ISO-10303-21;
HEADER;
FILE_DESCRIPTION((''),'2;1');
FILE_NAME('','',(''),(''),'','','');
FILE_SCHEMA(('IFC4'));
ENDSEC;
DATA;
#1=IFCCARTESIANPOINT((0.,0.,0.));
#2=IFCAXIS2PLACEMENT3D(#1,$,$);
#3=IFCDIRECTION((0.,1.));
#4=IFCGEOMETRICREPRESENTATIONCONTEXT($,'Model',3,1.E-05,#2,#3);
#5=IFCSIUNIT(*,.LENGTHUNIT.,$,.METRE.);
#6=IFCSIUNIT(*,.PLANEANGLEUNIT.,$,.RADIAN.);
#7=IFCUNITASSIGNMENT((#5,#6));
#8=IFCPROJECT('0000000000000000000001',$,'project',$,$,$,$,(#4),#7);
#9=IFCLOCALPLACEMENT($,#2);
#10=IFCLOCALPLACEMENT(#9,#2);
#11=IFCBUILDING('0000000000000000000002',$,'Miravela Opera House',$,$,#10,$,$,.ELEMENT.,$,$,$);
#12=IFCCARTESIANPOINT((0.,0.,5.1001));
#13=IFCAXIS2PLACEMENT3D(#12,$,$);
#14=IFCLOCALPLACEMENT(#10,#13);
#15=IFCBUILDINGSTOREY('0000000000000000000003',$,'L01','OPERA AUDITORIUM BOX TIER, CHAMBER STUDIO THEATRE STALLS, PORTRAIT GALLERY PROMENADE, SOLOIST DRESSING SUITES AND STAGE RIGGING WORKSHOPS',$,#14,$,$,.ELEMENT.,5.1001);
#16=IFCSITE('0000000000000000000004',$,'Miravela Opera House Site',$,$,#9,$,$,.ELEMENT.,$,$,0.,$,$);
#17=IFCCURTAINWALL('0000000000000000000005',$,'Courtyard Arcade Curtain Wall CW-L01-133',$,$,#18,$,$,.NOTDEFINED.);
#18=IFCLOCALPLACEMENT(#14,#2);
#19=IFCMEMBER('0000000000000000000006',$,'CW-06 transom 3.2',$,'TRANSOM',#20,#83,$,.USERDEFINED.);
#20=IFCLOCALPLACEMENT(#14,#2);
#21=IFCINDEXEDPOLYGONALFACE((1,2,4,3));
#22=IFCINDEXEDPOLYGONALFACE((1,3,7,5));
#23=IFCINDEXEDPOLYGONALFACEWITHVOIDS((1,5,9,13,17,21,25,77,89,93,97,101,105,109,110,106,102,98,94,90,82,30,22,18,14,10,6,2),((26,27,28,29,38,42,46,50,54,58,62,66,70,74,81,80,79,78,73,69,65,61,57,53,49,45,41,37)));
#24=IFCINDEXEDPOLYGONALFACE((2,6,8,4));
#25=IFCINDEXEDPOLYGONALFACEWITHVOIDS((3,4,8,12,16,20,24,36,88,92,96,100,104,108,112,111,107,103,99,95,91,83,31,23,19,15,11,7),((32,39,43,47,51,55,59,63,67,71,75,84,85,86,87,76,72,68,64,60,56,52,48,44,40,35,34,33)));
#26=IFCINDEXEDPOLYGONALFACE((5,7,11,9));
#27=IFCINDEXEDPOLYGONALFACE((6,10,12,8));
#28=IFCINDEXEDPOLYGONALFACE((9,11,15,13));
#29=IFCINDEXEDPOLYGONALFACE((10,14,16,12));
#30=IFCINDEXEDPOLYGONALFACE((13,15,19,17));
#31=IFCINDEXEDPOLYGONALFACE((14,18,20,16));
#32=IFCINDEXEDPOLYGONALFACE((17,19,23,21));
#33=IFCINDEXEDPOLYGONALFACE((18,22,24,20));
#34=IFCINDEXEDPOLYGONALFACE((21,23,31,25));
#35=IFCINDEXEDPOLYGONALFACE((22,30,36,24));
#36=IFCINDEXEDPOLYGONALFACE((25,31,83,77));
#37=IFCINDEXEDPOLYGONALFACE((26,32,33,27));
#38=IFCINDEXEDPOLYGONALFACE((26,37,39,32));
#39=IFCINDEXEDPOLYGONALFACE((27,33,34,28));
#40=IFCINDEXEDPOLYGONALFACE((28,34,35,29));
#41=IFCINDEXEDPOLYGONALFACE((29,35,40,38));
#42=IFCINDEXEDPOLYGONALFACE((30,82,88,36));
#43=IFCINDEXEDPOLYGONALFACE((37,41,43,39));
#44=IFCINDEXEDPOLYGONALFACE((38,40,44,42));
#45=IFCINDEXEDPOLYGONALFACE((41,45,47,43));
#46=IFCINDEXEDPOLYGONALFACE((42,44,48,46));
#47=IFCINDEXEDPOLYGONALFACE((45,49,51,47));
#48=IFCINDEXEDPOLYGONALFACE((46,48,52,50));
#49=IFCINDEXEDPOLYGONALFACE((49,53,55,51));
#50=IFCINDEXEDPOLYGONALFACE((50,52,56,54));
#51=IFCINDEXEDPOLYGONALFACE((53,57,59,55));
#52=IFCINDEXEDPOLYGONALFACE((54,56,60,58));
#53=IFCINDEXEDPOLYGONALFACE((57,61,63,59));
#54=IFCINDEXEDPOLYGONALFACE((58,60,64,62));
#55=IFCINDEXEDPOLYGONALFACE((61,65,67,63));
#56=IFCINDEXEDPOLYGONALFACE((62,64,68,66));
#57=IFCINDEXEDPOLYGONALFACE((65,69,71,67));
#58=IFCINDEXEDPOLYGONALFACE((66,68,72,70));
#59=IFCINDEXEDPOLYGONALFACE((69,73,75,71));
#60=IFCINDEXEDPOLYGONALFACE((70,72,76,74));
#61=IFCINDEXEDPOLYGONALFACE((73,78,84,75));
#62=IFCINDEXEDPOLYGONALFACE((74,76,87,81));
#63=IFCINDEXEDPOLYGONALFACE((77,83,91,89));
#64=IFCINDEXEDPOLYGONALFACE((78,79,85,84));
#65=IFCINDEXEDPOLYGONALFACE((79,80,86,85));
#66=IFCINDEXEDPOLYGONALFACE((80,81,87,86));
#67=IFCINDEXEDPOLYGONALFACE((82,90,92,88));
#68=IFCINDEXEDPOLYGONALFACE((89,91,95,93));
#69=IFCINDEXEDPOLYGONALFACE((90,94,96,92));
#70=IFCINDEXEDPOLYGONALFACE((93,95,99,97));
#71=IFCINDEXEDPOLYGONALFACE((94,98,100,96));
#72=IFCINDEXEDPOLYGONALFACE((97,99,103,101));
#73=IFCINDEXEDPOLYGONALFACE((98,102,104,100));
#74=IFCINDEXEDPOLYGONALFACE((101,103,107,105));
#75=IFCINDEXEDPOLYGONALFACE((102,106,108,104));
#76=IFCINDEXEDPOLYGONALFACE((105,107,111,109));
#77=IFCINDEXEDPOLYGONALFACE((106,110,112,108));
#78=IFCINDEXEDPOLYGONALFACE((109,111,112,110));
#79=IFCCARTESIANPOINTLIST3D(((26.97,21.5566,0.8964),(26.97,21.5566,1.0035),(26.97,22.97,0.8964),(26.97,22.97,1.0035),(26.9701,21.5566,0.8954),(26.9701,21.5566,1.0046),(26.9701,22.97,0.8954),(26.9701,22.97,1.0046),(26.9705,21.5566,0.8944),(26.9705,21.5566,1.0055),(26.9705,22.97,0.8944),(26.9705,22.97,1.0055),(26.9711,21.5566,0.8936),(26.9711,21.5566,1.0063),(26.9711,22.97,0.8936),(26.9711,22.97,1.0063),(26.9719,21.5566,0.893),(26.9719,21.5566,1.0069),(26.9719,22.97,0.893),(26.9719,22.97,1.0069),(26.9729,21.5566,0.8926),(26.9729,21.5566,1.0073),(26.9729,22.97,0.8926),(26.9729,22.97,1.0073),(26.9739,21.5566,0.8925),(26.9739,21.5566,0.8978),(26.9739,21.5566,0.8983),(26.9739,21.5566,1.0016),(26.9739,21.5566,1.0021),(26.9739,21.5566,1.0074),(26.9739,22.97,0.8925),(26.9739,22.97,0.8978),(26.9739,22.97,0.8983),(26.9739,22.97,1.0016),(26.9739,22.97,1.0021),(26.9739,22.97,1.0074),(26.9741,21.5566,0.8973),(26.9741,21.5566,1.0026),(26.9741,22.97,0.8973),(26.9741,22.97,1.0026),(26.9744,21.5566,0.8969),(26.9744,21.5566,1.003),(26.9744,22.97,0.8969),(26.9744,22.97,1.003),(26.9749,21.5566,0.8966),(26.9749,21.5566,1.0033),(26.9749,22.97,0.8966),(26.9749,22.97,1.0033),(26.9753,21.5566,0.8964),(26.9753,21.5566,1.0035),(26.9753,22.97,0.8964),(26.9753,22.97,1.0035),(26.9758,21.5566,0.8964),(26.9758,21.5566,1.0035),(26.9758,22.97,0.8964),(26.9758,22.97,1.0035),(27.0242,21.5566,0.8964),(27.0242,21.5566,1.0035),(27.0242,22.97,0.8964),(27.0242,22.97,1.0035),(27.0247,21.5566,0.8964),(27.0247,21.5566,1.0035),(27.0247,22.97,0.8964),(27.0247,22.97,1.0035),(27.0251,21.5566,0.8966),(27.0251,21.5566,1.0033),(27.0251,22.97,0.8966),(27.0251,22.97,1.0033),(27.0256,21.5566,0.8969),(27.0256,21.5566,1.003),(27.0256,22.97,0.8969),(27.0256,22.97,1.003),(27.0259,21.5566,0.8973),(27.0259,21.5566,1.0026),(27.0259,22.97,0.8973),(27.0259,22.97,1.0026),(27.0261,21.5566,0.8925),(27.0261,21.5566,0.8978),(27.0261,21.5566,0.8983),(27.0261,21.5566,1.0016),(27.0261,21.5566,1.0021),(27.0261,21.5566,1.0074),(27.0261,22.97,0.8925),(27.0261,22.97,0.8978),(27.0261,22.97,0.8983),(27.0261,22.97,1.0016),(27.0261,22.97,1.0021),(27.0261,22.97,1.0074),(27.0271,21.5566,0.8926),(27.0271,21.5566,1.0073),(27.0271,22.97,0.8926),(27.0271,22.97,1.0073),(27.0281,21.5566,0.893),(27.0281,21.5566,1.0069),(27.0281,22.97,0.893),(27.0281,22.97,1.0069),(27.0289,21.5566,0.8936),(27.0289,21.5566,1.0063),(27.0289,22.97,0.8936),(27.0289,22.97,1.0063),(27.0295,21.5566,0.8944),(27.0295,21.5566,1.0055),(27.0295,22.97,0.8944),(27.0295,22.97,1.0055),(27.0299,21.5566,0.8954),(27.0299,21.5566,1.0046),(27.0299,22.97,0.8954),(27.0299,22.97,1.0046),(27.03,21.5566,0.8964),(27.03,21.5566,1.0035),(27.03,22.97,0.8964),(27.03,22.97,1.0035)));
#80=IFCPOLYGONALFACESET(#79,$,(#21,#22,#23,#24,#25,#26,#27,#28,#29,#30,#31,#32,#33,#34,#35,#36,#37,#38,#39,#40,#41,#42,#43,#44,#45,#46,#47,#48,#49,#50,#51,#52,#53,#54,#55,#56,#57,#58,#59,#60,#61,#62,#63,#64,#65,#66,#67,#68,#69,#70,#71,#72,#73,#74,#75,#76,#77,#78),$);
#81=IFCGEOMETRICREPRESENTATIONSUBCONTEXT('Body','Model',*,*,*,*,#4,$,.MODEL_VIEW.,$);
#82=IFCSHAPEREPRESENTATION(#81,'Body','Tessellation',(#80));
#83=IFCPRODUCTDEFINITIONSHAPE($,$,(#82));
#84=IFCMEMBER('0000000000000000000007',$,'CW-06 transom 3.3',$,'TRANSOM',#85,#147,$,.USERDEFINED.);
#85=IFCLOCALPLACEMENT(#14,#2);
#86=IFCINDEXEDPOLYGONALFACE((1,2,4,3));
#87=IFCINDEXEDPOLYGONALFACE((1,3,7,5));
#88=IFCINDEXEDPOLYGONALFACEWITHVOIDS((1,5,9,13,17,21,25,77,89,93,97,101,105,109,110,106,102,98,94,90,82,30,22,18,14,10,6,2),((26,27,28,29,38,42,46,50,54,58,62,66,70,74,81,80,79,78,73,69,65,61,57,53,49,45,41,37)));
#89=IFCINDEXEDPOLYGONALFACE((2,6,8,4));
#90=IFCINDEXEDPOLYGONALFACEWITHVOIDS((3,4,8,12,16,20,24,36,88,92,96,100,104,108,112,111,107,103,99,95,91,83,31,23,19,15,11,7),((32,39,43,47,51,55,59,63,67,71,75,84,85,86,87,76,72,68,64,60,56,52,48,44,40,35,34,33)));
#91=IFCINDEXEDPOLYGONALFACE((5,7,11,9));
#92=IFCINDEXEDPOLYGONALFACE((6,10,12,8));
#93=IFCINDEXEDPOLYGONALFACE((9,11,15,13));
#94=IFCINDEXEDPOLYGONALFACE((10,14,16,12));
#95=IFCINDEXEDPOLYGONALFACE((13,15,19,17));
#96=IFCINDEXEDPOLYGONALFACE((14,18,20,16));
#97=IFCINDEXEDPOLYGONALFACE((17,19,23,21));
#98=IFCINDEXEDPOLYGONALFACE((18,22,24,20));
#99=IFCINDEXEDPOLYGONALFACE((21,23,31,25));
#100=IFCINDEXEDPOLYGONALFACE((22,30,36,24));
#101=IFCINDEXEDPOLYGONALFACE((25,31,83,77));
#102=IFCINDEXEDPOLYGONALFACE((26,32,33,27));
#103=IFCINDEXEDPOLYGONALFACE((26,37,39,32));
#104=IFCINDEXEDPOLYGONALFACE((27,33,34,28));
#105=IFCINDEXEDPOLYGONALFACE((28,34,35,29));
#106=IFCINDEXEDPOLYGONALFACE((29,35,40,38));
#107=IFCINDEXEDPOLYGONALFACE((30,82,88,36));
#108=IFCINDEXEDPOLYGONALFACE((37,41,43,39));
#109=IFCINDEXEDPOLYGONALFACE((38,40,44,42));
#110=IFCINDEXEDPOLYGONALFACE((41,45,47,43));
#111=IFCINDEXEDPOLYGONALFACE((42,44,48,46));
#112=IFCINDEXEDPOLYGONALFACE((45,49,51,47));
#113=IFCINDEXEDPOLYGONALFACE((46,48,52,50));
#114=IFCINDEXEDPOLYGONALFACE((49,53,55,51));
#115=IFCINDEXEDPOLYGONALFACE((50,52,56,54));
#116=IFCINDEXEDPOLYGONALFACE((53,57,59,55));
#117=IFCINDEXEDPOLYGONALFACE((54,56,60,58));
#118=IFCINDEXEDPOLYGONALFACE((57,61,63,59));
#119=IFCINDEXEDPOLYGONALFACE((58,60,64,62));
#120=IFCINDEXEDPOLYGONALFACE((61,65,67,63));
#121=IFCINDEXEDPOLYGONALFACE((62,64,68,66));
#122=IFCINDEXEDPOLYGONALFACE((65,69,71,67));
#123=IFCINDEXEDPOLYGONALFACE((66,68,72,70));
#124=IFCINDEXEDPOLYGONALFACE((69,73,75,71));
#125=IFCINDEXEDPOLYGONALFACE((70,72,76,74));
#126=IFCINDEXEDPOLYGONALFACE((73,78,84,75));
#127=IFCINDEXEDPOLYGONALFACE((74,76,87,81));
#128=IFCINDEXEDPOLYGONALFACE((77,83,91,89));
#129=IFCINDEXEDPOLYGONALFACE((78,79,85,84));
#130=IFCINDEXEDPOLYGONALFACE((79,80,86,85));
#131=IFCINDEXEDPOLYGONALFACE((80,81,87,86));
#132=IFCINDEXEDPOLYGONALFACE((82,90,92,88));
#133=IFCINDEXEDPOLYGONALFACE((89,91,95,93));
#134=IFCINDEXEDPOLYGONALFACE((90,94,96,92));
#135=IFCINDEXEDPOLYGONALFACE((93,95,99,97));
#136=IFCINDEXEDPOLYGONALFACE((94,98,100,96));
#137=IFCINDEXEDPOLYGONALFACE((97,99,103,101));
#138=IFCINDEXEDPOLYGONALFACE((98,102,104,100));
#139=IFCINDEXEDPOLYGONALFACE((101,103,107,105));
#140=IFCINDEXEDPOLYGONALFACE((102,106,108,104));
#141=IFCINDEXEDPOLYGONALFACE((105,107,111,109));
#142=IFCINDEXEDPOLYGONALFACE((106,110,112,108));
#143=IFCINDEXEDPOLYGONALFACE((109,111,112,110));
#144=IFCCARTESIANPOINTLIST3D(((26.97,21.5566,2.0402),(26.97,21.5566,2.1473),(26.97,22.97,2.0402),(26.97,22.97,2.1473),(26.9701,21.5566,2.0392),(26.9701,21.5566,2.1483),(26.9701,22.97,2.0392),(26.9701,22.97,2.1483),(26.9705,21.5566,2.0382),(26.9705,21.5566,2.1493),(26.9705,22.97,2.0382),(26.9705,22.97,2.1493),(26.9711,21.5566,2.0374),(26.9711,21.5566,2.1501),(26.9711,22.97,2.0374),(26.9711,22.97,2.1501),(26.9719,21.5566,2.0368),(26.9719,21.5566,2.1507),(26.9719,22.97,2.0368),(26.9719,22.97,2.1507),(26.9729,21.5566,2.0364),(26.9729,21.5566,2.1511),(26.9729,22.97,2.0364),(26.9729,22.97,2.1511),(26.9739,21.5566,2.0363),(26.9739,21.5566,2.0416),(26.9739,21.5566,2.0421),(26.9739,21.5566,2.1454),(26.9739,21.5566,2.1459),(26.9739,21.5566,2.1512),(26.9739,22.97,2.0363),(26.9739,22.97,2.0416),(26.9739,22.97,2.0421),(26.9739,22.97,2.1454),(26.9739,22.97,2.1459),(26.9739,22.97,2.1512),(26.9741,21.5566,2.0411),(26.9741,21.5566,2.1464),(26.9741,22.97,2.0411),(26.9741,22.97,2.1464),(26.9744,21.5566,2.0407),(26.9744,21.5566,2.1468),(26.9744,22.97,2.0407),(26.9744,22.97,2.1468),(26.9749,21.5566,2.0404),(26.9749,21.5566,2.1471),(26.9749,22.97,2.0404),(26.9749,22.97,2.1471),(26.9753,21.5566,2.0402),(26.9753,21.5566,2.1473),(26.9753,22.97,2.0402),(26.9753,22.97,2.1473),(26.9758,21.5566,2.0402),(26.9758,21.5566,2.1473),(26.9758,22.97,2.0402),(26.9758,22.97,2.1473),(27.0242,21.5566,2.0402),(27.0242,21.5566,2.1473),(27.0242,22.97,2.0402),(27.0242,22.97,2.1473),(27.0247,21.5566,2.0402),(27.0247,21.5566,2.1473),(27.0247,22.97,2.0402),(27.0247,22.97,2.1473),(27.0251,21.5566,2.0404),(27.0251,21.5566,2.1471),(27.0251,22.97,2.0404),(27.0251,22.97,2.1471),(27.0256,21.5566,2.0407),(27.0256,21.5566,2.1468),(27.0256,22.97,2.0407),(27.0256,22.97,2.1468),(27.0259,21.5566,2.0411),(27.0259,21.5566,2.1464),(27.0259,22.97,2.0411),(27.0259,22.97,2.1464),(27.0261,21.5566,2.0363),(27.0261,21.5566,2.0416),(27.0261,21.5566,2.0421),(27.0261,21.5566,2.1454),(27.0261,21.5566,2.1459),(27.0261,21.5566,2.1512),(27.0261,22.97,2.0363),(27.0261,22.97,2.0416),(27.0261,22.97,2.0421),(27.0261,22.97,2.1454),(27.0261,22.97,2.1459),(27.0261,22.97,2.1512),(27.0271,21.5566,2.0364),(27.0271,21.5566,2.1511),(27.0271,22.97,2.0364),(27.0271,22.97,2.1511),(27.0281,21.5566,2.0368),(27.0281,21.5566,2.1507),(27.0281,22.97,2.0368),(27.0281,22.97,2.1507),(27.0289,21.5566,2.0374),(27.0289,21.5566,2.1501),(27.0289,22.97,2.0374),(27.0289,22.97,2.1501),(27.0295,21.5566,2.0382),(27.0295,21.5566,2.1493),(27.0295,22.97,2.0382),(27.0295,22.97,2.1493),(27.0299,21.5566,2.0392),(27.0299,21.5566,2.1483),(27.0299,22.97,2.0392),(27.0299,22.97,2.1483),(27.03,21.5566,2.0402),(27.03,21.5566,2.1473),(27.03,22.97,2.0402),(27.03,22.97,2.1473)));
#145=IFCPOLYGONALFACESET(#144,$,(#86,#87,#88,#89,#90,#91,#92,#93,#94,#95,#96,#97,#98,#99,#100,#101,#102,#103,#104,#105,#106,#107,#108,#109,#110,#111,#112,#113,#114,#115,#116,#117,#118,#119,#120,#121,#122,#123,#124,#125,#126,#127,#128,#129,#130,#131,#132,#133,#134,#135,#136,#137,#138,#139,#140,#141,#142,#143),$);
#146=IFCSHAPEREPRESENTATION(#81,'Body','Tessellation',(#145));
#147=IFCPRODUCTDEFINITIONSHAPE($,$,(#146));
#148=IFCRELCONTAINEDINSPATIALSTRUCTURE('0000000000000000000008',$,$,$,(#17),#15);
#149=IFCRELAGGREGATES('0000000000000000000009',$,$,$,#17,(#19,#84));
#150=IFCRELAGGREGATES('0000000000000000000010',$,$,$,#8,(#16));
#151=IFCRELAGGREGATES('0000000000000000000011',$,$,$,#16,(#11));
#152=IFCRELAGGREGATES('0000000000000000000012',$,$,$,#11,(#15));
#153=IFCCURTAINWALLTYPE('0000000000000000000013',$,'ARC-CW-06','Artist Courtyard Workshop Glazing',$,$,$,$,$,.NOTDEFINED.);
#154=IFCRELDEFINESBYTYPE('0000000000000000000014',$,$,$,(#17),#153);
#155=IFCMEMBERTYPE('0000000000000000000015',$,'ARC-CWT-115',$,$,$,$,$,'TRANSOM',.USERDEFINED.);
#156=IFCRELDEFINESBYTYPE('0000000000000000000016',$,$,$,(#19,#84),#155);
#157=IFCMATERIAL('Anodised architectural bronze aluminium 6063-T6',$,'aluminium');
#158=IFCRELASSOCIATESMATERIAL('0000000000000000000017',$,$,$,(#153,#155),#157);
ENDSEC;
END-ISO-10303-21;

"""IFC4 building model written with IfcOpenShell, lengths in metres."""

from ifc_helpers import new_model, si_unit, direction, frame, origin, origin_2d, place, context, subcontext, project, spatial, hollow_rectangle, extrude, material, material_profile, profile_set, type_object, element, aggregate, save


model = new_model("IFC4")

# Units and contexts
model_context = context("Model", 3, precision=1e-05, world=origin(), true_north=direction((0.0, 1.0)))
body_context = subcontext(model_context, "Body", "Model", "MODEL_VIEW")
ifc_project = project(units=[si_unit("LENGTHUNIT", "METRE"), si_unit("PLANEANGLEUNIT", "RADIAN")], contexts=[model_context])

# Site, building, storey
site_placement = place(None, origin())
site = spatial("IfcSite", under=ifc_project, at=site_placement, Name="Miravela Opera House Site", CompositionType="ELEMENT", RefElevation=0.0)
building_placement = place(site_placement, origin())
building = spatial("IfcBuilding", under=site, at=building_placement, Name="Miravela Opera House", CompositionType="ELEMENT")
storey_placement = place(building_placement, frame((0.0, 0.0, 5.1001)))
storey = spatial("IfcBuildingStorey", under=building, at=storey_placement, Name="L01", Description="OPERA AUDITORIUM BOX TIER, CHAMBER STUDIO THEATRE STALLS, PORTRAIT GALLERY PROMENADE, SOLOIST DRESSING SUITES AND STAGE RIGGING WORKSHOPS", CompositionType="ELEMENT", Elevation=5.1001)

# Curtain wall, members
ifc_material_1 = material(Name="Anodised architectural bronze aluminium 6063-T6", Category="aluminium")
curtain_wall_type = type_object("IfcCurtainWallType", Name="ARC-CW-06", Description="Artist Courtyard Workshop Glazing", PredefinedType="NOTDEFINED", material=ifc_material_1)
curtain_wall_placement = place(storey_placement, origin())
curtain_wall = element("IfcCurtainWall", 1, at=curtain_wall_placement, inside=storey, type_object=curtain_wall_type, Name="Courtyard Arcade Curtain Wall CW-L01-133", PredefinedType="NOTDEFINED")
ifc_material_profile_1 = material_profile(ifc_material_1, hollow_rectangle(XDim=0.0601, YDim=0.115, WallThickness=0.0039, InnerFilletRadius=0.002, OuterFilletRadius=0.0039, at=origin_2d()), Name="CWT-60X115")
ifc_profile_set_1 = profile_set([ifc_material_profile_1])
member_type_1 = type_object("IfcMemberType", Name="ARC-CWT-115", ElementType="TRANSOM", PredefinedType="USERDEFINED", material=ifc_profile_set_1)
member_1_placement = place(storey_placement, frame((27.0, 21.5566, 0.95), z_axis=(0.0, 1.0, 0.0), x_axis=(-1.0, 0.0, 0.0)))
member_1 = element("IfcMember", 2, at=member_1_placement, type_object=member_type_1, Name="CW-06 transom 3.2", ObjectType="TRANSOM", PredefinedType="USERDEFINED", context=body_context, shape_type="SweptSolid", body=[
    extrude(hollow_rectangle(XDim=0.0601, YDim=0.115, WallThickness=0.0039, InnerFilletRadius=0.002, OuterFilletRadius=0.0039, at=origin_2d()), origin(), (0.0, 0.0, 1.0), 1.4133),
])
member_2_placement = place(storey_placement, frame((27.0, 21.5566, 2.0938), z_axis=(0.0, 1.0, 0.0), x_axis=(-1.0, 0.0, 0.0)))
member_2 = element("IfcMember", 3, at=member_2_placement, type_object=member_type_1, Name="CW-06 transom 3.3", ObjectType="TRANSOM", PredefinedType="USERDEFINED", context=body_context, shape_type="SweptSolid", body=[
    extrude(hollow_rectangle(XDim=0.0601, YDim=0.115, WallThickness=0.0039, InnerFilletRadius=0.002, OuterFilletRadius=0.0039, at=origin_2d()), origin(), (0.0, 0.0, 1.0), 1.4133),
])
aggregate(curtain_wall, [member_1, member_2])

save(model, "model.ifc")
